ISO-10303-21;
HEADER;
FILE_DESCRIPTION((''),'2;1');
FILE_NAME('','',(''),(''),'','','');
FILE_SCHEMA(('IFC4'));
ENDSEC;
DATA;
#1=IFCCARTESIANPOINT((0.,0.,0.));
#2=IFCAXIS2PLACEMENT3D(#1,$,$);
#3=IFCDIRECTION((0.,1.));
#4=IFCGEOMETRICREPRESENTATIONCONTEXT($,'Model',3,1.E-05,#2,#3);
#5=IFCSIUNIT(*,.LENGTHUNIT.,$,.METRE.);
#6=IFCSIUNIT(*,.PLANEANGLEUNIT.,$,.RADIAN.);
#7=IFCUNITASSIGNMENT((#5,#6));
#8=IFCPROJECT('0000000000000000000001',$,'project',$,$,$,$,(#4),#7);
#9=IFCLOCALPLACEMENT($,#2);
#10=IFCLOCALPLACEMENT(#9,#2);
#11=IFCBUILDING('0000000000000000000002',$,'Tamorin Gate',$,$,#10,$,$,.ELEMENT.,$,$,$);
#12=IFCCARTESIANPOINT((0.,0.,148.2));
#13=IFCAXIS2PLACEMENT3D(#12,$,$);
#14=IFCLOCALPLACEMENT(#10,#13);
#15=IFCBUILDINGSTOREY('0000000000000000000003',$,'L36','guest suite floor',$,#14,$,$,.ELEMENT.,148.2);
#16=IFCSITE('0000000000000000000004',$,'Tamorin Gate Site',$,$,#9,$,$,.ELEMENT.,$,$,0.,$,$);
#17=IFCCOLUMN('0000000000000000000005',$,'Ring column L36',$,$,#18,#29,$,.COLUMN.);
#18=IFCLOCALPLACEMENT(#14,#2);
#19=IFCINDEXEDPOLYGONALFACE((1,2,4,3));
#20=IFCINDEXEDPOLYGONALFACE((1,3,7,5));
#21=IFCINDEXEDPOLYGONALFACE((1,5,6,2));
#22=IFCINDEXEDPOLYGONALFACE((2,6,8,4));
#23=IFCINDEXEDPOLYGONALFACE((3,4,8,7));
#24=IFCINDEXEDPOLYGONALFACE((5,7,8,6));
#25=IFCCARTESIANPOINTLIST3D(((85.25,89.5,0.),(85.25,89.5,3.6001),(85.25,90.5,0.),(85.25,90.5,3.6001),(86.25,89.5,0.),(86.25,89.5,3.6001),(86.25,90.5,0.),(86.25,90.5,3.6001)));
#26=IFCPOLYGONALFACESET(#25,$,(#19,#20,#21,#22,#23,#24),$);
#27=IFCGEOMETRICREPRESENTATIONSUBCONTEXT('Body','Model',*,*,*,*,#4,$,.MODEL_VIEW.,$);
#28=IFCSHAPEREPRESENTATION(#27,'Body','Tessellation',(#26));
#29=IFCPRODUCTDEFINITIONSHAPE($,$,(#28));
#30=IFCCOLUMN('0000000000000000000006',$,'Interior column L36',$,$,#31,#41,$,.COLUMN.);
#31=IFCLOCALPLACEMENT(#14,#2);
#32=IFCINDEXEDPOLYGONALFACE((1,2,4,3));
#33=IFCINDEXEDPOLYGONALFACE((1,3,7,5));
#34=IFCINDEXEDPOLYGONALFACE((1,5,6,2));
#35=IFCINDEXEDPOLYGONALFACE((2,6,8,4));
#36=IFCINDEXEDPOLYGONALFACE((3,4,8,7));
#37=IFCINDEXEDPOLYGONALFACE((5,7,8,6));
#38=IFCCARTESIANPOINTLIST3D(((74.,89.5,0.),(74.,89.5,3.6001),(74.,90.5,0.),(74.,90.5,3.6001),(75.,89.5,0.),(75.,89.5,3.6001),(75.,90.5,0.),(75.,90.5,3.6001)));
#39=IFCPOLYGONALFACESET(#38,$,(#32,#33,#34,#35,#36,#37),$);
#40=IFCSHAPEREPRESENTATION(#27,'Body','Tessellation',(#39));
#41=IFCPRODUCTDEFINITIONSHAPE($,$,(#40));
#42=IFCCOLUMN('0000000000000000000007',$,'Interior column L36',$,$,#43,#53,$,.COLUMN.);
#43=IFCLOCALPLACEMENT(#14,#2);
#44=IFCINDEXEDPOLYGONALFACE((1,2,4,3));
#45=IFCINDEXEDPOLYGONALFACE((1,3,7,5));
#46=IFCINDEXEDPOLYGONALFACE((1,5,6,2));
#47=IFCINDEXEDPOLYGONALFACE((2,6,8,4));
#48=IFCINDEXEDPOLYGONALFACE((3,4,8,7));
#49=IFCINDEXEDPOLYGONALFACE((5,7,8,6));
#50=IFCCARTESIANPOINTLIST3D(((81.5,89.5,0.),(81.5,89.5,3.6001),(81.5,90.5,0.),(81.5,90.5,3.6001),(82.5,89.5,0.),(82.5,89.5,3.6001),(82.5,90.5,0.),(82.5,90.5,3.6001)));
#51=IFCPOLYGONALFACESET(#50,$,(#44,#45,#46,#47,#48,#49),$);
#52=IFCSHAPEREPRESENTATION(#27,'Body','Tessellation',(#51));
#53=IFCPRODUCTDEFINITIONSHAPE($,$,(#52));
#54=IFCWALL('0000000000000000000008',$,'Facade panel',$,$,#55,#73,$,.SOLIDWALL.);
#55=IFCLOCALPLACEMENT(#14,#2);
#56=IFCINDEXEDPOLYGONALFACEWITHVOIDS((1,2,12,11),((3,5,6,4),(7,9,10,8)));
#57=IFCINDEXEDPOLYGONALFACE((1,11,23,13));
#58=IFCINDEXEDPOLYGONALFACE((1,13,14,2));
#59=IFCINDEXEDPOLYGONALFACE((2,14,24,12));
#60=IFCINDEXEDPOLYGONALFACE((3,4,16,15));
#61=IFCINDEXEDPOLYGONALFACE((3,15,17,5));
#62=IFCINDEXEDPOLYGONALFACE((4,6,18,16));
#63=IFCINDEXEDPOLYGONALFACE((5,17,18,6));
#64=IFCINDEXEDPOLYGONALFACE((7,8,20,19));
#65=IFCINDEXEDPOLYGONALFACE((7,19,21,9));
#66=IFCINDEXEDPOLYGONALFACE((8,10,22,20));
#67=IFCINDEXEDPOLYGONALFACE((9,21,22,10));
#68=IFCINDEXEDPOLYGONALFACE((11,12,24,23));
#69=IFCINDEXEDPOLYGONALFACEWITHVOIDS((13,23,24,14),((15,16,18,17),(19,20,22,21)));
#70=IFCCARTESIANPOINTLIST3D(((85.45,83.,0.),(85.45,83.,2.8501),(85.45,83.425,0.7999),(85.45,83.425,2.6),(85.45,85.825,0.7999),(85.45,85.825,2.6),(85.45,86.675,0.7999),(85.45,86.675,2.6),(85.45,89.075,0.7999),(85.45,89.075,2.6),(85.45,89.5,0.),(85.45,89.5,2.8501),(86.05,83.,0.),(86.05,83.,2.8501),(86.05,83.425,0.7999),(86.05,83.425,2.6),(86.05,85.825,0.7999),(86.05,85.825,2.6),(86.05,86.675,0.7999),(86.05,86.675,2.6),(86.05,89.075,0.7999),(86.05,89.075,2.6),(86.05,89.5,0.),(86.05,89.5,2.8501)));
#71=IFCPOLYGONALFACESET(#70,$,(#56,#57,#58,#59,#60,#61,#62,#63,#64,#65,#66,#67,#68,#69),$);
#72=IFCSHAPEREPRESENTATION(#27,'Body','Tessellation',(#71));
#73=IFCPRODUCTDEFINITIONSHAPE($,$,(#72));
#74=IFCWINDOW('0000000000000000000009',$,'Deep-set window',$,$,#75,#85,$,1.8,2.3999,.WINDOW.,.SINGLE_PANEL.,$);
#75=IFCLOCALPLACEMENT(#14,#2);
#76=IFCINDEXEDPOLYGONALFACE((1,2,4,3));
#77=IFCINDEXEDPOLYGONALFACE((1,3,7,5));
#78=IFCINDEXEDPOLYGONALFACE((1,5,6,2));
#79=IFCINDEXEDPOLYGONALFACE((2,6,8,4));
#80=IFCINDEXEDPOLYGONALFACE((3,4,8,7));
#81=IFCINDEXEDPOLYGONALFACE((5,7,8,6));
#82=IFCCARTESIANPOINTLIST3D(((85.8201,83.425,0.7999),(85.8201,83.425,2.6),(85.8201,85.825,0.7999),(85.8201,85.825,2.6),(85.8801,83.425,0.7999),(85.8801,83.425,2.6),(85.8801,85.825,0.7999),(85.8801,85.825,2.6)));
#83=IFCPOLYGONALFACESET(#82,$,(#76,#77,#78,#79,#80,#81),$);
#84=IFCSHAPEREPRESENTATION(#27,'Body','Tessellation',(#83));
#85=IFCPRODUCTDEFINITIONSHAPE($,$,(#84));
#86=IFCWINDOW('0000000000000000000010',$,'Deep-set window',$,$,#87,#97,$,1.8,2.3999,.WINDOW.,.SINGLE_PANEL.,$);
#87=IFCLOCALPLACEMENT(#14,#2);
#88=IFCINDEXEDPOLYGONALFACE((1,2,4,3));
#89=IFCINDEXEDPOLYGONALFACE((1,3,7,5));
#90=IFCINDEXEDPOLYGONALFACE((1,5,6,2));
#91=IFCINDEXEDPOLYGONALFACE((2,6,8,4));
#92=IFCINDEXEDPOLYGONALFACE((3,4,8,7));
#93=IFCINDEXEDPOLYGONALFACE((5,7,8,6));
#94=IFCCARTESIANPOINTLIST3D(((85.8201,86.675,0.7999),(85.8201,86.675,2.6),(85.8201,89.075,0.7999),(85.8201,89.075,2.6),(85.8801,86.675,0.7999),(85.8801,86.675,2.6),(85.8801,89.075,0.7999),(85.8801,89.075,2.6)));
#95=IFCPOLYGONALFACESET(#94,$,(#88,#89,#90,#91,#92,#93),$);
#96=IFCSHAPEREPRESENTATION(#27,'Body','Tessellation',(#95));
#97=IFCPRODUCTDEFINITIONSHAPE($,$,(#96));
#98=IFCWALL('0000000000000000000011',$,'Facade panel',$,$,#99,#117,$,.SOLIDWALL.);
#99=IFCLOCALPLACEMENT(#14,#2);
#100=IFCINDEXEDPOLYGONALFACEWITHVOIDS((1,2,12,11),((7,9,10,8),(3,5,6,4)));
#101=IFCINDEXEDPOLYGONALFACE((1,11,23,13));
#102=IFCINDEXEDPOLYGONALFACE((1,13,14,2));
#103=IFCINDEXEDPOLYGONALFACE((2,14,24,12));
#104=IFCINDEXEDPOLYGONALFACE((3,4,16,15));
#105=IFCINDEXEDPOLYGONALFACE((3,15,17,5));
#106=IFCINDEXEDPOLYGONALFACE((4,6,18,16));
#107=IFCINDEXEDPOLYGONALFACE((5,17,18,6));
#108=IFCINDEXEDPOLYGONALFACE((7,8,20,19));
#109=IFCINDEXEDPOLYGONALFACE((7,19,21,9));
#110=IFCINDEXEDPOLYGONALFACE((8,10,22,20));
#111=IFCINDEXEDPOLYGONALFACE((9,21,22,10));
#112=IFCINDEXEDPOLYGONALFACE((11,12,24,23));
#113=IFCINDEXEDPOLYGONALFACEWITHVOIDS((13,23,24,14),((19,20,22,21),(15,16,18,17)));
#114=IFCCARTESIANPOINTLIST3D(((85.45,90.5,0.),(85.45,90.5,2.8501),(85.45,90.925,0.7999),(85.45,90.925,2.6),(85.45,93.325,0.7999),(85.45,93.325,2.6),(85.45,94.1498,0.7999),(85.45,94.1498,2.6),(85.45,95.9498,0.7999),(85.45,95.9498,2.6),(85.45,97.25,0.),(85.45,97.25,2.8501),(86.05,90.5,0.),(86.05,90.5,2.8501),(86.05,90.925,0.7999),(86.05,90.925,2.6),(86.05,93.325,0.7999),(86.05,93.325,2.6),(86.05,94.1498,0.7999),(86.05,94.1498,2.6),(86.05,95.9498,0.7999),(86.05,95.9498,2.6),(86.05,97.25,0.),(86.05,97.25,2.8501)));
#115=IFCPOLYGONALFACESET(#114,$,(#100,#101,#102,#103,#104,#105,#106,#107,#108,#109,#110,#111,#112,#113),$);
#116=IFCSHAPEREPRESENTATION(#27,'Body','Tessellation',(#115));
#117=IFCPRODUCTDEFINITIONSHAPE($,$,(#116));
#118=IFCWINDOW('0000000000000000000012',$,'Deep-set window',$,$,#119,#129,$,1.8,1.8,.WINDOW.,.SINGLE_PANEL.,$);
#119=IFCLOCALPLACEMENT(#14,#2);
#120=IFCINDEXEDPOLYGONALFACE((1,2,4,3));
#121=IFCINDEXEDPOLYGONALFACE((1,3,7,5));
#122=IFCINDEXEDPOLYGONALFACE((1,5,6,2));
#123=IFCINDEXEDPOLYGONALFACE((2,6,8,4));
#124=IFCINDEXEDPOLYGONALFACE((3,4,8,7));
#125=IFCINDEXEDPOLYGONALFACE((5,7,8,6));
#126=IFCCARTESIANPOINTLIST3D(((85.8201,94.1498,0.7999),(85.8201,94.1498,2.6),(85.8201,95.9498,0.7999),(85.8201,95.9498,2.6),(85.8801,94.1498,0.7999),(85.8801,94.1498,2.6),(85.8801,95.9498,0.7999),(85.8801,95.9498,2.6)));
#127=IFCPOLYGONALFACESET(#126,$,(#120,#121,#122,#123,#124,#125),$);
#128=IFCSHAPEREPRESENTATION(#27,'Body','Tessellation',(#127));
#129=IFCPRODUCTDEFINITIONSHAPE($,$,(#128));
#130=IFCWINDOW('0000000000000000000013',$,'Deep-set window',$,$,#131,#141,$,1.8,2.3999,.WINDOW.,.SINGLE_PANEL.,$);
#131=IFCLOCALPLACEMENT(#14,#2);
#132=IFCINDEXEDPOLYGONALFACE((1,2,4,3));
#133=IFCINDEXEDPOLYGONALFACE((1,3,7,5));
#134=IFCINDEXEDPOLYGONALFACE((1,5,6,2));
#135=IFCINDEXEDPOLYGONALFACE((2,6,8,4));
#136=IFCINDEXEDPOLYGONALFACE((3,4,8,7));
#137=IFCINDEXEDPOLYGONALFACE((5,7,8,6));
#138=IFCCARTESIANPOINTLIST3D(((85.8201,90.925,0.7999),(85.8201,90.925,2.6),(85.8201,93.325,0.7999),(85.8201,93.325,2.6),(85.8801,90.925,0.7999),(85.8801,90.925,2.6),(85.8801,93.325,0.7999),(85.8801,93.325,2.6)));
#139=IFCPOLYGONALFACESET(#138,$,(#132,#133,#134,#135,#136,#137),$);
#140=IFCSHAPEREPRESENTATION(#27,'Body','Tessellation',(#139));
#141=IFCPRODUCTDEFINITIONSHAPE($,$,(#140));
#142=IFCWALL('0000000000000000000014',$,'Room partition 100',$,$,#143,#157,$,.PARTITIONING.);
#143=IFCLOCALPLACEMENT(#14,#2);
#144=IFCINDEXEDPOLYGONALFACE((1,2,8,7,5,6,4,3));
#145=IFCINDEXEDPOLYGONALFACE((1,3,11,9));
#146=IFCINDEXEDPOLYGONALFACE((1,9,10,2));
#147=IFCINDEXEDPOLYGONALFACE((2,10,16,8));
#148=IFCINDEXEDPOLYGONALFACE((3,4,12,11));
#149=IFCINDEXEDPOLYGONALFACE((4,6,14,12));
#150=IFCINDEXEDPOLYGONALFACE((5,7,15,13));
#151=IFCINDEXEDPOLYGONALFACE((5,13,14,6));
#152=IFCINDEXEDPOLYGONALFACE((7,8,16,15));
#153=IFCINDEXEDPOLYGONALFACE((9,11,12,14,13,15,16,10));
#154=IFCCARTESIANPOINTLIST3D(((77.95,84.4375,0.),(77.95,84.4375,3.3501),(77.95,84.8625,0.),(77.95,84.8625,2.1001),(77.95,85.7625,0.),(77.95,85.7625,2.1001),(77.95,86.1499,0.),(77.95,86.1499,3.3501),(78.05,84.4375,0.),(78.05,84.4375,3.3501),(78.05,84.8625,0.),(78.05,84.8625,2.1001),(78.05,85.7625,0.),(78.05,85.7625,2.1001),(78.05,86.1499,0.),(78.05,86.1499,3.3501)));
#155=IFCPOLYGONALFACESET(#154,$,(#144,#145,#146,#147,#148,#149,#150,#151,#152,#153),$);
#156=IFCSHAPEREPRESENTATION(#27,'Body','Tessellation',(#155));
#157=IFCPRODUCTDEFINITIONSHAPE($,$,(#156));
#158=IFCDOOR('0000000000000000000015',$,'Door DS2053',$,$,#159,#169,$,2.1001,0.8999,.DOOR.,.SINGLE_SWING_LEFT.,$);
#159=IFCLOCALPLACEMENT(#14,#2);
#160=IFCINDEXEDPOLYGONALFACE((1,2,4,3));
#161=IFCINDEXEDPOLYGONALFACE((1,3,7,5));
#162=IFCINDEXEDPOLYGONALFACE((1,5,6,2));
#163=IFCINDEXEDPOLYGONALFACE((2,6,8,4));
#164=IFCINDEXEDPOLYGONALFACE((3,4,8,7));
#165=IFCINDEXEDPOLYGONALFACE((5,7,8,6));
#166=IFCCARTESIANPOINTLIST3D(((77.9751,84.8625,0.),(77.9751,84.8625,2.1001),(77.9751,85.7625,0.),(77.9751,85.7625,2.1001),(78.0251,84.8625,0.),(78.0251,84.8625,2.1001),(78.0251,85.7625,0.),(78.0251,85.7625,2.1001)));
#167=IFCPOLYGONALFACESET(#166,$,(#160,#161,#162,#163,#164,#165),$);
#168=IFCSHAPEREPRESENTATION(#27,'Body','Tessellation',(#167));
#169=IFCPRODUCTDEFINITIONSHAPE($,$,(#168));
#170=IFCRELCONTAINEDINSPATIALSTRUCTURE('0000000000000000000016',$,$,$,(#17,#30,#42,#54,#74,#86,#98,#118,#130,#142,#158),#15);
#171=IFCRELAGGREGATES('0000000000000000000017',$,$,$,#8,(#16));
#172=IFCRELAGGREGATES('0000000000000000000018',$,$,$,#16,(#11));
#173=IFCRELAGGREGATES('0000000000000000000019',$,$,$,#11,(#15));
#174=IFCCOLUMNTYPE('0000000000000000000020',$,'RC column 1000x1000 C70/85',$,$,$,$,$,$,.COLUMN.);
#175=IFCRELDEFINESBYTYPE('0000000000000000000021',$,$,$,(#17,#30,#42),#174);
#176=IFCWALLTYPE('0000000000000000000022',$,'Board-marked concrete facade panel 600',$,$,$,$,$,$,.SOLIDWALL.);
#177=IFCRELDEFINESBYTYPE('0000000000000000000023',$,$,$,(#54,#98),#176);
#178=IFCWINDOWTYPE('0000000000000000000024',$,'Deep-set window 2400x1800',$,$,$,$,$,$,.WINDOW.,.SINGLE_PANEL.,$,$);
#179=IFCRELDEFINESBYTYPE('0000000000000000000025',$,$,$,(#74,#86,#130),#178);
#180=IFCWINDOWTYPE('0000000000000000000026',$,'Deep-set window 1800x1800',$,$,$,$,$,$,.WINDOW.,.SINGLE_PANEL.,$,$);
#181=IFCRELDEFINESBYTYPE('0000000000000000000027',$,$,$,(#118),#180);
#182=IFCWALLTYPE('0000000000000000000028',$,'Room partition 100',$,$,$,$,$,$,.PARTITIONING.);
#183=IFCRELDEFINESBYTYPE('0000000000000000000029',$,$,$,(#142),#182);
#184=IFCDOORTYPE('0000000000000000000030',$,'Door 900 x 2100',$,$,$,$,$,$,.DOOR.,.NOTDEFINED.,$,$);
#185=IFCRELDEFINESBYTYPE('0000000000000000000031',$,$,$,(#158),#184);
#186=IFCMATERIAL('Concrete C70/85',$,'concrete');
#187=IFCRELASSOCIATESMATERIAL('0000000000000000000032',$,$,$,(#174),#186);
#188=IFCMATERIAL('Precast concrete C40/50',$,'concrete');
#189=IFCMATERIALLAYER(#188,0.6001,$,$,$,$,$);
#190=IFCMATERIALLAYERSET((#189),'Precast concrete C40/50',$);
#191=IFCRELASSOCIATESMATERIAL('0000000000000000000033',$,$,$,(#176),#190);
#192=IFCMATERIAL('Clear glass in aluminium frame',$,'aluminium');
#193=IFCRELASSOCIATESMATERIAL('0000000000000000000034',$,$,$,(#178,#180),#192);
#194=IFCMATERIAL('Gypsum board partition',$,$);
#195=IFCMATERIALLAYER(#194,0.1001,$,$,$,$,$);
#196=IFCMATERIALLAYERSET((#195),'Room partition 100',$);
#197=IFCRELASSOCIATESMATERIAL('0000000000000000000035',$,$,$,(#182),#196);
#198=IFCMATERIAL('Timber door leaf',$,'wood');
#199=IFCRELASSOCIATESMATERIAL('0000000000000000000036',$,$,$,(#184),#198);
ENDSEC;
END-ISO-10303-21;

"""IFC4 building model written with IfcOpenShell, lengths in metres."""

from ifc_helpers import new_model, si_unit, direction, frame, frame_2d, origin, origin_2d, place, context, subcontext, project, spatial, rectangle, extrude, material, layer, layer_set, material_profile, profile_set, type_object, element, fill, save


model = new_model("IFC4")

# Units and contexts
model_context = context("Model", 3, precision=1e-05, world=origin(), true_north=direction((0.0, 1.0)))
body_context = subcontext(model_context, "Body", "Model", "MODEL_VIEW")
ifc_project = project(units=[si_unit("LENGTHUNIT", "METRE"), si_unit("PLANEANGLEUNIT", "RADIAN")], contexts=[model_context])

# Site, building, storey
site_placement = place(None, origin())
site = spatial("IfcSite", under=ifc_project, at=site_placement, Name="Tamorin Gate Site", CompositionType="ELEMENT", RefElevation=0.0)
building_placement = place(site_placement, origin())
building = spatial("IfcBuilding", under=site, at=building_placement, Name="Tamorin Gate", CompositionType="ELEMENT")
storey_placement = place(building_placement, frame((0.0, 0.0, 148.2)))
storey = spatial("IfcBuildingStorey", under=building, at=storey_placement, Name="L36", Description="guest suite floor", CompositionType="ELEMENT", Elevation=148.2)

# Columns
ifc_material_1 = material(Name="Concrete C70/85", Category="concrete")
ifc_material_profile = material_profile(ifc_material_1, rectangle(XDim=1.0, YDim=1.0, at=origin_2d()), Name="RC 1000x1000")
ifc_profile_set = profile_set([ifc_material_profile], Name="Concrete C70/85")
column_type = type_object("IfcColumnType", Name="RC column 1000x1000 C70/85", PredefinedType="COLUMN", material=ifc_profile_set)
for number, where, z_axis, x_axis, name in (
    (1, (85.75, 90.0, 0.0), (0.0, 0.0, 1.0), (1.0, 0.0, 0.0), "Ring column L36"),
    (2, (74.5, 90.0, 0.0), (0.0, 0.0, 1.0), (1.0, 0.0, 0.0), "Interior column L36"),
    (3, (82.0, 90.0, 0.0), (0.0, 0.0, 1.0), (1.0, 0.0, 0.0), "Interior column L36"),
):
    element("IfcColumn", number, at=place(storey_placement, frame(where, z_axis=z_axis, x_axis=x_axis)), inside=storey, type_object=column_type, Name=name, PredefinedType="COLUMN", context=body_context, shape_type="SweptSolid", body=[
        extrude(rectangle(XDim=1.0, YDim=1.0, at=origin_2d()), origin(), (0.0, 0.0, 1.0), 3.6001),
    ])

# Walls, openings, windows
ifc_material_2 = material(Name="Precast concrete C40/50", Category="concrete")
ifc_layer_1 = layer(ifc_material_2, 0.6001)
ifc_layer_set_1 = layer_set([ifc_layer_1], Name="Precast concrete C40/50")
wall_type_1 = type_object("IfcWallType", Name="Board-marked concrete facade panel 600", PredefinedType="SOLIDWALL", material=ifc_layer_set_1)
wall_1_placement = place(storey_placement, frame((85.75, 83.0, 0.0), z_axis=(0.0, 0.0, 1.0), x_axis=(0.0, 1.0, 0.0)))
wall_1 = element("IfcWall", 4, at=wall_1_placement, inside=storey, type_object=wall_type_1, Name="Facade panel", PredefinedType="SOLIDWALL", context=body_context, shape_type="SweptSolid", body=[
    extrude(rectangle(XDim=6.5, YDim=0.6001, at=frame_2d((3.25, 0.0))), origin(), (0.0, 0.0, 1.0), 2.8501),
])
opening_1_placement = place(wall_1_placement, frame((0.425, 0.0, 0.8)))
opening_1 = element("IfcOpeningElement", 5, at=opening_1_placement, cuts=wall_1, PredefinedType="OPENING", context=body_context, shape_type="SweptSolid", body=[
    extrude(rectangle(XDim=2.3999, YDim=1.8, at=frame_2d((1.2, 0.8999))), frame((0.0, 0.3101, 0.0), z_axis=(0.0, -1.0, 0.0), x_axis=(1.0, 0.0, 0.0)), (0.0, 0.0, 1.0), 0.6201),
])
opening_2_placement = place(wall_1_placement, frame((3.675, 0.0, 0.8)))
opening_2 = element("IfcOpeningElement", 6, at=opening_2_placement, cuts=wall_1, PredefinedType="OPENING", context=body_context, shape_type="SweptSolid", body=[
    extrude(rectangle(XDim=2.3999, YDim=1.8, at=frame_2d((1.2, 0.8999))), frame((0.0, 0.3101, 0.0), z_axis=(0.0, -1.0, 0.0), x_axis=(1.0, 0.0, 0.0)), (0.0, 0.0, 1.0), 0.6201),
])
ifc_material_3 = material(Name="Clear glass in aluminium frame", Category="aluminium")
window_type_1 = type_object("IfcWindowType", Name="Deep-set window 2400x1800", PartitioningType="SINGLE_PANEL", PredefinedType="WINDOW", material=ifc_material_3)
window_1_placement = place(opening_1_placement, origin())
window_1 = element("IfcWindow", 7, at=window_1_placement, inside=storey, type_object=window_type_1, Name="Deep-set window", OverallHeight=1.8, OverallWidth=2.3999, PartitioningType="SINGLE_PANEL", PredefinedType="WINDOW", context=body_context, shape_type="SweptSolid", body=[
    extrude(rectangle(XDim=2.3999, YDim=1.8, at=frame_2d((1.2, 0.8999))), frame((0.0, -0.0701, 0.0), z_axis=(0.0, -1.0, 0.0), x_axis=(1.0, 0.0, 0.0)), (0.0, 0.0, 1.0), 0.0601),
])
fill(opening_1, window_1)
window_2_placement = place(opening_2_placement, origin())
window_2 = element("IfcWindow", 8, at=window_2_placement, inside=storey, type_object=window_type_1, Name="Deep-set window", OverallHeight=1.8, OverallWidth=2.3999, PartitioningType="SINGLE_PANEL", PredefinedType="WINDOW", context=body_context, shape_type="SweptSolid", body=[
    extrude(rectangle(XDim=2.3999, YDim=1.8, at=frame_2d((1.2, 0.8999))), frame((0.0, -0.0701, 0.0), z_axis=(0.0, -1.0, 0.0), x_axis=(1.0, 0.0, 0.0)), (0.0, 0.0, 1.0), 0.0601),
])
fill(opening_2, window_2)
wall_2_placement = place(storey_placement, frame((85.75, 90.5, 0.0), z_axis=(0.0, 0.0, 1.0), x_axis=(0.0, 1.0, 0.0)))
wall_2 = element("IfcWall", 9, at=wall_2_placement, inside=storey, type_object=wall_type_1, Name="Facade panel", PredefinedType="SOLIDWALL", context=body_context, shape_type="SweptSolid", body=[
    extrude(rectangle(XDim=6.75, YDim=0.6001, at=frame_2d((3.375, 0.0))), origin(), (0.0, 0.0, 1.0), 2.8501),
])
opening_3_placement = place(wall_2_placement, frame((0.425, 0.0, 0.8)))
opening_3 = element("IfcOpeningElement", 10, at=opening_3_placement, cuts=wall_2, PredefinedType="OPENING", context=body_context, shape_type="SweptSolid", body=[
    extrude(rectangle(XDim=2.3999, YDim=1.8, at=frame_2d((1.2, 0.8999))), frame((0.0, 0.3101, 0.0), z_axis=(0.0, -1.0, 0.0), x_axis=(1.0, 0.0, 0.0)), (0.0, 0.0, 1.0), 0.6201),
])
opening_4_placement = place(wall_2_placement, frame((3.6499, 0.0, 0.8)))
opening_4 = element("IfcOpeningElement", 11, at=opening_4_placement, cuts=wall_2, PredefinedType="OPENING", context=body_context, shape_type="SweptSolid", body=[
    extrude(rectangle(XDim=1.8, YDim=1.8, at=frame_2d((0.8999, 0.8999))), frame((0.0, 0.3101, 0.0), z_axis=(0.0, -1.0, 0.0), x_axis=(1.0, 0.0, 0.0)), (0.0, 0.0, 1.0), 0.6201),
])
window_type_2 = type_object("IfcWindowType", Name="Deep-set window 1800x1800", PartitioningType="SINGLE_PANEL", PredefinedType="WINDOW", material=ifc_material_3)
window_3_placement = place(opening_4_placement, origin())
window_3 = element("IfcWindow", 12, at=window_3_placement, inside=storey, type_object=window_type_2, Name="Deep-set window", OverallHeight=1.8, OverallWidth=1.8, PartitioningType="SINGLE_PANEL", PredefinedType="WINDOW", context=body_context, shape_type="SweptSolid", body=[
    extrude(rectangle(XDim=1.8, YDim=1.8, at=frame_2d((0.8999, 0.8999))), frame((0.0, -0.0701, 0.0), z_axis=(0.0, -1.0, 0.0), x_axis=(1.0, 0.0, 0.0)), (0.0, 0.0, 1.0), 0.0601),
])
fill(opening_4, window_3)
window_4_placement = place(opening_3_placement, origin())
window_4 = element("IfcWindow", 13, at=window_4_placement, inside=storey, type_object=window_type_1, Name="Deep-set window", OverallHeight=1.8, OverallWidth=2.3999, PartitioningType="SINGLE_PANEL", PredefinedType="WINDOW", context=body_context, shape_type="SweptSolid", body=[
    extrude(rectangle(XDim=2.3999, YDim=1.8, at=frame_2d((1.2, 0.8999))), frame((0.0, -0.0701, 0.0), z_axis=(0.0, -1.0, 0.0), x_axis=(1.0, 0.0, 0.0)), (0.0, 0.0, 1.0), 0.0601),
])
fill(opening_3, window_4)

# Wall, opening, door
ifc_material_4 = material(Name="Gypsum board partition")
ifc_layer_2 = layer(ifc_material_4, 0.1001)
ifc_layer_set_2 = layer_set([ifc_layer_2], Name="Room partition 100")
wall_type_2 = type_object("IfcWallType", Name="Room partition 100", PredefinedType="PARTITIONING", material=ifc_layer_set_2)
wall_3_placement = place(storey_placement, frame((78.0, 84.4375, 0.0), z_axis=(0.0, 0.0, 1.0), x_axis=(0.0, 1.0, 0.0)))
wall_3 = element("IfcWall", 14, at=wall_3_placement, inside=storey, type_object=wall_type_2, Name="Room partition 100", PredefinedType="PARTITIONING", context=body_context, shape_type="SweptSolid", body=[
    extrude(rectangle(XDim=1.7124, YDim=0.1001, at=frame_2d((0.8562, 0.0))), origin(), (0.0, 0.0, 1.0), 3.3501),
])
opening_5_placement = place(wall_3_placement, frame((0.425, 0.0, 0.0)))
opening_5 = element("IfcOpeningElement", 15, at=opening_5_placement, cuts=wall_3, PredefinedType="OPENING", context=body_context, shape_type="SweptSolid", body=[
    extrude(rectangle(XDim=0.8999, YDim=2.1001, at=frame_2d((0.45, 1.05))), frame((0.0, 0.0601, 0.0), z_axis=(0.0, -1.0, 0.0), x_axis=(1.0, 0.0, 0.0)), (0.0, 0.0, 1.0), 0.1201),
])
ifc_material_5 = material(Name="Timber door leaf", Category="wood")
door_type = type_object("IfcDoorType", Name="Door 900 x 2100", OperationType="NOTDEFINED", PredefinedType="DOOR", material=ifc_material_5)
door_1_placement = place(opening_5_placement, origin())
door_1 = element("IfcDoor", 16, at=door_1_placement, inside=storey, type_object=door_type, Name="Door DS2053", OperationType="SINGLE_SWING_LEFT", OverallHeight=2.1001, OverallWidth=0.8999, PredefinedType="DOOR", context=body_context, shape_type="SweptSolid", body=[
    extrude(rectangle(XDim=0.8999, YDim=2.1001, at=frame_2d((0.45, 1.05))), frame((0.0, 0.0249, 0.0), z_axis=(0.0, -1.0, 0.0), x_axis=(1.0, 0.0, 0.0)), (0.0, 0.0, 1.0), 0.05),
])
fill(opening_5, door_1)

save(model, "model.ifc")
